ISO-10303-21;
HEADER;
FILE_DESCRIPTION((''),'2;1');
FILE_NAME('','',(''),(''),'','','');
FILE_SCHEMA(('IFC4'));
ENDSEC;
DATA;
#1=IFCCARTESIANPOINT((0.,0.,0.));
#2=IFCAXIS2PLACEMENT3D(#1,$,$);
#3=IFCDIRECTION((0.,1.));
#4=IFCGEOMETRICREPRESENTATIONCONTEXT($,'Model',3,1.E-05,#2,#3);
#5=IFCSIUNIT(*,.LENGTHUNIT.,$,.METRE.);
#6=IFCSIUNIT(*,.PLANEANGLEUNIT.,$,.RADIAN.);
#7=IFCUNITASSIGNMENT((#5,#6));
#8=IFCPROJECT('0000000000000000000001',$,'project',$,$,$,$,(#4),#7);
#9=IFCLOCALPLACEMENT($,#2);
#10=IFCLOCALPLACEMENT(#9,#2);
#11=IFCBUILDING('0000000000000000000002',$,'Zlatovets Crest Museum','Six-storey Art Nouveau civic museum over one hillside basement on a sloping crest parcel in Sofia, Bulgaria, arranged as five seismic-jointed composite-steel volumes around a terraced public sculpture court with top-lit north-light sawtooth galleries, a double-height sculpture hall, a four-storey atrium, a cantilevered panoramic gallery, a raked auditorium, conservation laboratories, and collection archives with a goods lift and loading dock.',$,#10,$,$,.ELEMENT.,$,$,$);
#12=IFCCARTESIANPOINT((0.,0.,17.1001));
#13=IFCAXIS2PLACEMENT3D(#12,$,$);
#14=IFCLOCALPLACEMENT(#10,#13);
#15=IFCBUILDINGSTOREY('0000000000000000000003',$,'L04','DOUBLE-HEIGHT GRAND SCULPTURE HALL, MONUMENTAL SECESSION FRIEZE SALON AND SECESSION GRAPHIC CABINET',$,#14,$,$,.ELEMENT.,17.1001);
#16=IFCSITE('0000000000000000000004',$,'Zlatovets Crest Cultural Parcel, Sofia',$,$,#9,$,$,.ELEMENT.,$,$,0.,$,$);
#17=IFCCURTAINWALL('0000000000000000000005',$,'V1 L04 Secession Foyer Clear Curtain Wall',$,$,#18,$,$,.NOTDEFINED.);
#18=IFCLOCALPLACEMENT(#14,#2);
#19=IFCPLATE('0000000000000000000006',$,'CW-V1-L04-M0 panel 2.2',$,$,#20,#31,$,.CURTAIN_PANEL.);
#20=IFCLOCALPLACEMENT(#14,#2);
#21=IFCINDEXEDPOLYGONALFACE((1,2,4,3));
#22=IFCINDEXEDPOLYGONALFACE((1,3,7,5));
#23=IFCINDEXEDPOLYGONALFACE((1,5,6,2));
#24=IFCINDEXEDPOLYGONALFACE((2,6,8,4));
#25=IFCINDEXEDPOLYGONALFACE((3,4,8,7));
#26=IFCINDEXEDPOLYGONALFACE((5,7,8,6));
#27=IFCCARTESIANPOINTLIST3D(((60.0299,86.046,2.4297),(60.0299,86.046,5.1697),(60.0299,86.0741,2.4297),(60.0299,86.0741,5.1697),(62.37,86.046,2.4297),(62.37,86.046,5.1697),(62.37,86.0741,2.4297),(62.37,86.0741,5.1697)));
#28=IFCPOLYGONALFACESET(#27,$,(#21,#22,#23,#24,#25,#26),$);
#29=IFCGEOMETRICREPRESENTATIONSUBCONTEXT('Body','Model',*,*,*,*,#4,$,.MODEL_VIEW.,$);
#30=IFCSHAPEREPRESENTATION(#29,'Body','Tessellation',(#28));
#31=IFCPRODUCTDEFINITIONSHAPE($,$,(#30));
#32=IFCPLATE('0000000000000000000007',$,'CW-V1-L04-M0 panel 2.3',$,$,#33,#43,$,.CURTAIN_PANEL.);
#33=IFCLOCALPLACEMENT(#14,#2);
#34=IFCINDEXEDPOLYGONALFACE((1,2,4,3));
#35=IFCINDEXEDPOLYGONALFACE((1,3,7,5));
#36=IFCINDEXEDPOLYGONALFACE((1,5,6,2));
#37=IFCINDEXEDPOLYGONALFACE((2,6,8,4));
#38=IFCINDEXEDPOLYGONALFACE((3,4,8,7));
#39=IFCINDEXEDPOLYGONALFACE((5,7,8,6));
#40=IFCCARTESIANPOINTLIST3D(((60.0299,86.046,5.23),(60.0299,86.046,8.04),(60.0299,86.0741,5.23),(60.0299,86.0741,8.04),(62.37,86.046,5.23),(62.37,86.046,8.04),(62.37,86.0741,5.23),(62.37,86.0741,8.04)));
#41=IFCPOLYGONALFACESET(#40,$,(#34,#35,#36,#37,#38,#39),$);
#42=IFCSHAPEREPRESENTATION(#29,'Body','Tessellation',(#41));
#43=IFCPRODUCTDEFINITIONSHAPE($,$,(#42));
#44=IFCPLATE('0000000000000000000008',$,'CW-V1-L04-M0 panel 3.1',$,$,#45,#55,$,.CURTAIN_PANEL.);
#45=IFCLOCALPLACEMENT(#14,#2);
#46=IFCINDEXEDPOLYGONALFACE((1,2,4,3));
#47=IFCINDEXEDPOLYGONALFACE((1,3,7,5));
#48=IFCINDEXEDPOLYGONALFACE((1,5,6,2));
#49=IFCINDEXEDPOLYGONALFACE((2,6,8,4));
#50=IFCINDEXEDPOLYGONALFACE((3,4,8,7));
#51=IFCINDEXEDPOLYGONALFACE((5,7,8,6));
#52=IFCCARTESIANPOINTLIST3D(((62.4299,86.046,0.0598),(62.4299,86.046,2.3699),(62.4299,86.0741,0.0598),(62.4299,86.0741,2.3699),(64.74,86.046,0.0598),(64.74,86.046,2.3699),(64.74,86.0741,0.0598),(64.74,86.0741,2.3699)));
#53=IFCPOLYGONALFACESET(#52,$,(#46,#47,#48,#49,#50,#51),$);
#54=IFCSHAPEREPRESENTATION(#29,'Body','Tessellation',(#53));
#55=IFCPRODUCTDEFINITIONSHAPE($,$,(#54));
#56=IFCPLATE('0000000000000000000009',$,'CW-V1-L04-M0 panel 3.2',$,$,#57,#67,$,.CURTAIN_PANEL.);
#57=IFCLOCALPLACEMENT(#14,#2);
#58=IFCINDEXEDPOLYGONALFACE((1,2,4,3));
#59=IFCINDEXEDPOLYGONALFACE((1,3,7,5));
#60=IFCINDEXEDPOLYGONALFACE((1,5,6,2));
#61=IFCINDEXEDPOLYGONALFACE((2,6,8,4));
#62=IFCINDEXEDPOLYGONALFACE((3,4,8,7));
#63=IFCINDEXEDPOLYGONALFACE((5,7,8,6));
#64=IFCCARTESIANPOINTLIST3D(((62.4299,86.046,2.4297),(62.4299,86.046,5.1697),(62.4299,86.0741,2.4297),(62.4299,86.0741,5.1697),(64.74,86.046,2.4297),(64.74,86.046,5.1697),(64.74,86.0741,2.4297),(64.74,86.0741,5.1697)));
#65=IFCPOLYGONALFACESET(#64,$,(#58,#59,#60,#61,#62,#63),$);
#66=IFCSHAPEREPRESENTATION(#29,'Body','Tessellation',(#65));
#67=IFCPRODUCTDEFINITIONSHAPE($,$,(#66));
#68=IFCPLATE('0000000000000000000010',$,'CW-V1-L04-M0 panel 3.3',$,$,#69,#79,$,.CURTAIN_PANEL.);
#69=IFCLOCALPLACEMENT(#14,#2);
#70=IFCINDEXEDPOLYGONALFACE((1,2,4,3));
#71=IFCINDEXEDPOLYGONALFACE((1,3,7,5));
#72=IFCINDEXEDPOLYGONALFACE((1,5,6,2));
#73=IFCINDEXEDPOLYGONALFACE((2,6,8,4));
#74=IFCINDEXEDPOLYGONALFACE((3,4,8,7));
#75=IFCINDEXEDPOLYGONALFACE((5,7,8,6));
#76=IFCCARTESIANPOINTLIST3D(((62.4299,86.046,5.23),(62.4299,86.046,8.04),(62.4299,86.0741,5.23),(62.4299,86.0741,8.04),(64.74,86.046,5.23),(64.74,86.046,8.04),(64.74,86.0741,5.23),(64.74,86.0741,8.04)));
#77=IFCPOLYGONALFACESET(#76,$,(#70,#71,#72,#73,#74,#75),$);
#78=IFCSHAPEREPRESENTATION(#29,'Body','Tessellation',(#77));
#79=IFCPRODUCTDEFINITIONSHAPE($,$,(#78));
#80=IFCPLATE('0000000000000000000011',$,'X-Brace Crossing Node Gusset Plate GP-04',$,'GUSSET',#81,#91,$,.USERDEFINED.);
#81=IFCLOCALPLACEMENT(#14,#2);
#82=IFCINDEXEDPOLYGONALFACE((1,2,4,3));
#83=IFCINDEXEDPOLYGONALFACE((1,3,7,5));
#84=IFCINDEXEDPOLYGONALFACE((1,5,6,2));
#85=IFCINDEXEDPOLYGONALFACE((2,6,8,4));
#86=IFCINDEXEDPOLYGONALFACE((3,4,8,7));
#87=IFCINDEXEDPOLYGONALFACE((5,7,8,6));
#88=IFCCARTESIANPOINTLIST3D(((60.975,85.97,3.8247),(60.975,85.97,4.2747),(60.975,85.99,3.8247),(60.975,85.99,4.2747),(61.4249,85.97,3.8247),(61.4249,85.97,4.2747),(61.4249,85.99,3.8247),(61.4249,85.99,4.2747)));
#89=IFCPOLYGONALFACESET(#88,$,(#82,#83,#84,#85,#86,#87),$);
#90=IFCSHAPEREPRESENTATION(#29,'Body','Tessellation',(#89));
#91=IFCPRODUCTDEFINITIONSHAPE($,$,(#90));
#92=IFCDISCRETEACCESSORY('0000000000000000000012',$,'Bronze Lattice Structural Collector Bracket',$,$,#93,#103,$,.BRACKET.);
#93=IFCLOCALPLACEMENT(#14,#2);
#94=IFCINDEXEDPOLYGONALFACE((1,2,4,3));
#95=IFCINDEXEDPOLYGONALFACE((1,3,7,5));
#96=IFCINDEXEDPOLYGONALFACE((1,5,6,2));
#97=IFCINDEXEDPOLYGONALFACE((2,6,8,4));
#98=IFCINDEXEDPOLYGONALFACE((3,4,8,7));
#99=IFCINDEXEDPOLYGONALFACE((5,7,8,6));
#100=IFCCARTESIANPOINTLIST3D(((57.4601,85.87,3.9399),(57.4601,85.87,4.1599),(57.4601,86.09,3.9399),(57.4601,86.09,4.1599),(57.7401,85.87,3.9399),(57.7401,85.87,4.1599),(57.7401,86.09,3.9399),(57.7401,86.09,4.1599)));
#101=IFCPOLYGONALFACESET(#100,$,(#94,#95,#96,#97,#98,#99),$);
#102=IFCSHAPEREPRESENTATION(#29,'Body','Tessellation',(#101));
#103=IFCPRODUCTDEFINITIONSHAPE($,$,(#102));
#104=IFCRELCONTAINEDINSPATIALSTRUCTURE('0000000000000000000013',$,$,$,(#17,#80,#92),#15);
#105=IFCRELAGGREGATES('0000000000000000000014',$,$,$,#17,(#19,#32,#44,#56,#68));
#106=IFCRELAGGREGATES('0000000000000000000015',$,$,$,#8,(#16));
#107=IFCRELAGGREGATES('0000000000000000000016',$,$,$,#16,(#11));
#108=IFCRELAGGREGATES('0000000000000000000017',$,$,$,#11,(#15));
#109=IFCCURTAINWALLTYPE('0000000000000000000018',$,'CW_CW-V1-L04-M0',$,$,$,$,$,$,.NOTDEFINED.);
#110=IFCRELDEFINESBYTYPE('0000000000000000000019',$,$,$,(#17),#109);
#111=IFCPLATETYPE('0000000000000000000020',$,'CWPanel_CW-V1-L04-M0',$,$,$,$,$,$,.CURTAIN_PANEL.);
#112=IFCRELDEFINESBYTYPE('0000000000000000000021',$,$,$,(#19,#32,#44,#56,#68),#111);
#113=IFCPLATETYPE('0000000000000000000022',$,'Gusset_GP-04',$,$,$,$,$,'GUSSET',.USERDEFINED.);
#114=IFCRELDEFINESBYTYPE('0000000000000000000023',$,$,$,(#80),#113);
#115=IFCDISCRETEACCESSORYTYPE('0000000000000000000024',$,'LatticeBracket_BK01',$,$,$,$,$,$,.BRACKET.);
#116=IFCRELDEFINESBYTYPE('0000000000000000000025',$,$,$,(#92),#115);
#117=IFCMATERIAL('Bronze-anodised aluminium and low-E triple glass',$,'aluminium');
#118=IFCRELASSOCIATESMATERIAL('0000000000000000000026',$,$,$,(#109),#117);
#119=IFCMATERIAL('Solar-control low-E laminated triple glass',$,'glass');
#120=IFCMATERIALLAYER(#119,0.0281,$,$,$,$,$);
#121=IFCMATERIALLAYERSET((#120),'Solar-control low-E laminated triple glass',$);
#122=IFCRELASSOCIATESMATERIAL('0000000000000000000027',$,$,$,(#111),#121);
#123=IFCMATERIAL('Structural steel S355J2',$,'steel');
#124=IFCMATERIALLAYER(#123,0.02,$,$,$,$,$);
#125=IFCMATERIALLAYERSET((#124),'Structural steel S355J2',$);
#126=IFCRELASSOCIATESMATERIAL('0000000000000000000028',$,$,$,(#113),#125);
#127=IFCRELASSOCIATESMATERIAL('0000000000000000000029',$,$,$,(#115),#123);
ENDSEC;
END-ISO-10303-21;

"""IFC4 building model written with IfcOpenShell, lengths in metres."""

from ifc_helpers import new_model, si_unit, direction, frame, origin, origin_2d, place, context, subcontext, project, spatial, rectangle, extrude, material, layer, layer_set, type_object, element, aggregate, save


model = new_model("IFC4")

# Units and contexts
model_context = context("Model", 3, precision=1e-05, world=origin(), true_north=direction((0.0, 1.0)))
body_context = subcontext(model_context, "Body", "Model", "MODEL_VIEW")
ifc_project = project(units=[si_unit("LENGTHUNIT", "METRE"), si_unit("PLANEANGLEUNIT", "RADIAN")], contexts=[model_context])

# Site, building, storey
site_placement = place(None, origin())
site = spatial("IfcSite", under=ifc_project, at=site_placement, Name="Zlatovets Crest Cultural Parcel, Sofia", CompositionType="ELEMENT", RefElevation=0.0)
building_placement = place(site_placement, origin())
building = spatial("IfcBuilding", under=site, at=building_placement, Name="Zlatovets Crest Museum", Description="Six-storey Art Nouveau civic museum over one hillside basement on a sloping crest parcel in Sofia, Bulgaria, arranged as five seismic-jointed composite-steel volumes around a terraced public sculpture court with top-lit north-light sawtooth galleries, a double-height sculpture hall, a four-storey atrium, a cantilevered panoramic gallery, a raked auditorium, conservation laboratories, and collection archives with a goods lift and loading dock.", CompositionType="ELEMENT")
storey_placement = place(building_placement, frame((0.0, 0.0, 17.1001)))
storey = spatial("IfcBuildingStorey", under=building, at=storey_placement, Name="L04", Description="DOUBLE-HEIGHT GRAND SCULPTURE HALL, MONUMENTAL SECESSION FRIEZE SALON AND SECESSION GRAPHIC CABINET", CompositionType="ELEMENT", Elevation=17.1001)

# Shared definitions
ifc_material_1 = material(Name="Structural steel S355J2", Category="steel")

# Curtain wall
ifc_material_2 = material(Name="Bronze-anodised aluminium and low-E triple glass", Category="aluminium")
curtain_wall_type = type_object("IfcCurtainWallType", Name="CW_CW-V1-L04-M0", PredefinedType="NOTDEFINED", material=ifc_material_2)
curtain_wall_placement = place(storey_placement, origin())
curtain_wall = element("IfcCurtainWall", 1, at=curtain_wall_placement, inside=storey, type_object=curtain_wall_type, Name="V1 L04 Secession Foyer Clear Curtain Wall", PredefinedType="NOTDEFINED")

# Plates
ifc_material_3 = material(Name="Solar-control low-E laminated triple glass", Category="glass")
ifc_layer_1 = layer(ifc_material_3, 0.0281)
ifc_layer_set_1 = layer_set([ifc_layer_1], Name="Solar-control low-E laminated triple glass")
plate_type_1 = type_object("IfcPlateType", Name="CWPanel_CW-V1-L04-M0", PredefinedType="CURTAIN_PANEL", material=ifc_layer_set_1)
plate_1_placement = place(storey_placement, frame((61.2, 86.0601, 2.4297), z_axis=(0.0, 0.0, 1.0), x_axis=(1.0, 0.0, 0.0)))
plate_1 = element("IfcPlate", 2, at=plate_1_placement, type_object=plate_type_1, Name="CW-V1-L04-M0 panel 2.2", PredefinedType="CURTAIN_PANEL", context=body_context, shape_type="SweptSolid", body=[
    extrude(rectangle(XDim=2.3401, YDim=0.0281, at=origin_2d()), origin(), (0.0, 0.0, 1.0), 2.74),
])
plate_2_placement = place(storey_placement, frame((61.2, 86.0601, 5.23), z_axis=(0.0, 0.0, 1.0), x_axis=(1.0, 0.0, 0.0)))
plate_2 = element("IfcPlate", 3, at=plate_2_placement, type_object=plate_type_1, Name="CW-V1-L04-M0 panel 2.3", PredefinedType="CURTAIN_PANEL", context=body_context, shape_type="SweptSolid", body=[
    extrude(rectangle(XDim=2.3401, YDim=0.0281, at=origin_2d()), origin(), (0.0, 0.0, 1.0), 2.8101),
])
plate_3_placement = place(storey_placement, frame((63.585, 86.0601, 0.0598), z_axis=(0.0, 0.0, 1.0), x_axis=(1.0, 0.0, 0.0)))
plate_3 = element("IfcPlate", 4, at=plate_3_placement, type_object=plate_type_1, Name="CW-V1-L04-M0 panel 3.1", PredefinedType="CURTAIN_PANEL", context=body_context, shape_type="SweptSolid", body=[
    extrude(rectangle(XDim=2.3101, YDim=0.0281, at=origin_2d()), origin(), (0.0, 0.0, 1.0), 2.3101),
])
plate_4_placement = place(storey_placement, frame((63.585, 86.0601, 2.4297), z_axis=(0.0, 0.0, 1.0), x_axis=(1.0, 0.0, 0.0)))
plate_4 = element("IfcPlate", 5, at=plate_4_placement, type_object=plate_type_1, Name="CW-V1-L04-M0 panel 3.2", PredefinedType="CURTAIN_PANEL", context=body_context, shape_type="SweptSolid", body=[
    extrude(rectangle(XDim=2.3101, YDim=0.0281, at=origin_2d()), origin(), (0.0, 0.0, 1.0), 2.74),
])
plate_5_placement = place(storey_placement, frame((63.585, 86.0601, 5.23), z_axis=(0.0, 0.0, 1.0), x_axis=(1.0, 0.0, 0.0)))
plate_5 = element("IfcPlate", 6, at=plate_5_placement, type_object=plate_type_1, Name="CW-V1-L04-M0 panel 3.3", PredefinedType="CURTAIN_PANEL", context=body_context, shape_type="SweptSolid", body=[
    extrude(rectangle(XDim=2.3101, YDim=0.0281, at=origin_2d()), origin(), (0.0, 0.0, 1.0), 2.8101),
])
aggregate(curtain_wall, [plate_1, plate_2, plate_3, plate_4, plate_5])
ifc_layer_2 = layer(ifc_material_1, 0.02)
ifc_layer_set_2 = layer_set([ifc_layer_2], Name="Structural steel S355J2")
plate_type_2 = type_object("IfcPlateType", Name="Gusset_GP-04", ElementType="GUSSET", PredefinedType="USERDEFINED", material=ifc_layer_set_2)
plate_6_placement = place(storey_placement, frame((61.2, 85.98, 3.8247), z_axis=(0.0, 0.0, 1.0), x_axis=(1.0, 0.0, 0.0)))
element("IfcPlate", 7, at=plate_6_placement, inside=storey, type_object=plate_type_2, Name="X-Brace Crossing Node Gusset Plate GP-04", ObjectType="GUSSET", PredefinedType="USERDEFINED", context=body_context, shape_type="SweptSolid", body=[
    extrude(rectangle(XDim=0.45, YDim=0.02, at=origin_2d()), origin(), (0.0, 0.0, 1.0), 0.45),
])

# Discrete accessory
discrete_accessory_type = type_object("IfcDiscreteAccessoryType", Name="LatticeBracket_BK01", PredefinedType="BRACKET", material=ifc_material_1)
discrete_accessory_placement = place(storey_placement, frame((57.6001, 85.98, 3.9399), z_axis=(0.0, 0.0, 1.0), x_axis=(1.0, 0.0, 0.0)))
element("IfcDiscreteAccessory", 8, at=discrete_accessory_placement, inside=storey, type_object=discrete_accessory_type, Name="Bronze Lattice Structural Collector Bracket", PredefinedType="BRACKET", context=body_context, shape_type="SweptSolid", body=[
    extrude(rectangle(XDim=0.28, YDim=0.22, at=origin_2d()), origin(), (0.0, 0.0, 1.0), 0.22),
])

save(model, "model.ifc")
